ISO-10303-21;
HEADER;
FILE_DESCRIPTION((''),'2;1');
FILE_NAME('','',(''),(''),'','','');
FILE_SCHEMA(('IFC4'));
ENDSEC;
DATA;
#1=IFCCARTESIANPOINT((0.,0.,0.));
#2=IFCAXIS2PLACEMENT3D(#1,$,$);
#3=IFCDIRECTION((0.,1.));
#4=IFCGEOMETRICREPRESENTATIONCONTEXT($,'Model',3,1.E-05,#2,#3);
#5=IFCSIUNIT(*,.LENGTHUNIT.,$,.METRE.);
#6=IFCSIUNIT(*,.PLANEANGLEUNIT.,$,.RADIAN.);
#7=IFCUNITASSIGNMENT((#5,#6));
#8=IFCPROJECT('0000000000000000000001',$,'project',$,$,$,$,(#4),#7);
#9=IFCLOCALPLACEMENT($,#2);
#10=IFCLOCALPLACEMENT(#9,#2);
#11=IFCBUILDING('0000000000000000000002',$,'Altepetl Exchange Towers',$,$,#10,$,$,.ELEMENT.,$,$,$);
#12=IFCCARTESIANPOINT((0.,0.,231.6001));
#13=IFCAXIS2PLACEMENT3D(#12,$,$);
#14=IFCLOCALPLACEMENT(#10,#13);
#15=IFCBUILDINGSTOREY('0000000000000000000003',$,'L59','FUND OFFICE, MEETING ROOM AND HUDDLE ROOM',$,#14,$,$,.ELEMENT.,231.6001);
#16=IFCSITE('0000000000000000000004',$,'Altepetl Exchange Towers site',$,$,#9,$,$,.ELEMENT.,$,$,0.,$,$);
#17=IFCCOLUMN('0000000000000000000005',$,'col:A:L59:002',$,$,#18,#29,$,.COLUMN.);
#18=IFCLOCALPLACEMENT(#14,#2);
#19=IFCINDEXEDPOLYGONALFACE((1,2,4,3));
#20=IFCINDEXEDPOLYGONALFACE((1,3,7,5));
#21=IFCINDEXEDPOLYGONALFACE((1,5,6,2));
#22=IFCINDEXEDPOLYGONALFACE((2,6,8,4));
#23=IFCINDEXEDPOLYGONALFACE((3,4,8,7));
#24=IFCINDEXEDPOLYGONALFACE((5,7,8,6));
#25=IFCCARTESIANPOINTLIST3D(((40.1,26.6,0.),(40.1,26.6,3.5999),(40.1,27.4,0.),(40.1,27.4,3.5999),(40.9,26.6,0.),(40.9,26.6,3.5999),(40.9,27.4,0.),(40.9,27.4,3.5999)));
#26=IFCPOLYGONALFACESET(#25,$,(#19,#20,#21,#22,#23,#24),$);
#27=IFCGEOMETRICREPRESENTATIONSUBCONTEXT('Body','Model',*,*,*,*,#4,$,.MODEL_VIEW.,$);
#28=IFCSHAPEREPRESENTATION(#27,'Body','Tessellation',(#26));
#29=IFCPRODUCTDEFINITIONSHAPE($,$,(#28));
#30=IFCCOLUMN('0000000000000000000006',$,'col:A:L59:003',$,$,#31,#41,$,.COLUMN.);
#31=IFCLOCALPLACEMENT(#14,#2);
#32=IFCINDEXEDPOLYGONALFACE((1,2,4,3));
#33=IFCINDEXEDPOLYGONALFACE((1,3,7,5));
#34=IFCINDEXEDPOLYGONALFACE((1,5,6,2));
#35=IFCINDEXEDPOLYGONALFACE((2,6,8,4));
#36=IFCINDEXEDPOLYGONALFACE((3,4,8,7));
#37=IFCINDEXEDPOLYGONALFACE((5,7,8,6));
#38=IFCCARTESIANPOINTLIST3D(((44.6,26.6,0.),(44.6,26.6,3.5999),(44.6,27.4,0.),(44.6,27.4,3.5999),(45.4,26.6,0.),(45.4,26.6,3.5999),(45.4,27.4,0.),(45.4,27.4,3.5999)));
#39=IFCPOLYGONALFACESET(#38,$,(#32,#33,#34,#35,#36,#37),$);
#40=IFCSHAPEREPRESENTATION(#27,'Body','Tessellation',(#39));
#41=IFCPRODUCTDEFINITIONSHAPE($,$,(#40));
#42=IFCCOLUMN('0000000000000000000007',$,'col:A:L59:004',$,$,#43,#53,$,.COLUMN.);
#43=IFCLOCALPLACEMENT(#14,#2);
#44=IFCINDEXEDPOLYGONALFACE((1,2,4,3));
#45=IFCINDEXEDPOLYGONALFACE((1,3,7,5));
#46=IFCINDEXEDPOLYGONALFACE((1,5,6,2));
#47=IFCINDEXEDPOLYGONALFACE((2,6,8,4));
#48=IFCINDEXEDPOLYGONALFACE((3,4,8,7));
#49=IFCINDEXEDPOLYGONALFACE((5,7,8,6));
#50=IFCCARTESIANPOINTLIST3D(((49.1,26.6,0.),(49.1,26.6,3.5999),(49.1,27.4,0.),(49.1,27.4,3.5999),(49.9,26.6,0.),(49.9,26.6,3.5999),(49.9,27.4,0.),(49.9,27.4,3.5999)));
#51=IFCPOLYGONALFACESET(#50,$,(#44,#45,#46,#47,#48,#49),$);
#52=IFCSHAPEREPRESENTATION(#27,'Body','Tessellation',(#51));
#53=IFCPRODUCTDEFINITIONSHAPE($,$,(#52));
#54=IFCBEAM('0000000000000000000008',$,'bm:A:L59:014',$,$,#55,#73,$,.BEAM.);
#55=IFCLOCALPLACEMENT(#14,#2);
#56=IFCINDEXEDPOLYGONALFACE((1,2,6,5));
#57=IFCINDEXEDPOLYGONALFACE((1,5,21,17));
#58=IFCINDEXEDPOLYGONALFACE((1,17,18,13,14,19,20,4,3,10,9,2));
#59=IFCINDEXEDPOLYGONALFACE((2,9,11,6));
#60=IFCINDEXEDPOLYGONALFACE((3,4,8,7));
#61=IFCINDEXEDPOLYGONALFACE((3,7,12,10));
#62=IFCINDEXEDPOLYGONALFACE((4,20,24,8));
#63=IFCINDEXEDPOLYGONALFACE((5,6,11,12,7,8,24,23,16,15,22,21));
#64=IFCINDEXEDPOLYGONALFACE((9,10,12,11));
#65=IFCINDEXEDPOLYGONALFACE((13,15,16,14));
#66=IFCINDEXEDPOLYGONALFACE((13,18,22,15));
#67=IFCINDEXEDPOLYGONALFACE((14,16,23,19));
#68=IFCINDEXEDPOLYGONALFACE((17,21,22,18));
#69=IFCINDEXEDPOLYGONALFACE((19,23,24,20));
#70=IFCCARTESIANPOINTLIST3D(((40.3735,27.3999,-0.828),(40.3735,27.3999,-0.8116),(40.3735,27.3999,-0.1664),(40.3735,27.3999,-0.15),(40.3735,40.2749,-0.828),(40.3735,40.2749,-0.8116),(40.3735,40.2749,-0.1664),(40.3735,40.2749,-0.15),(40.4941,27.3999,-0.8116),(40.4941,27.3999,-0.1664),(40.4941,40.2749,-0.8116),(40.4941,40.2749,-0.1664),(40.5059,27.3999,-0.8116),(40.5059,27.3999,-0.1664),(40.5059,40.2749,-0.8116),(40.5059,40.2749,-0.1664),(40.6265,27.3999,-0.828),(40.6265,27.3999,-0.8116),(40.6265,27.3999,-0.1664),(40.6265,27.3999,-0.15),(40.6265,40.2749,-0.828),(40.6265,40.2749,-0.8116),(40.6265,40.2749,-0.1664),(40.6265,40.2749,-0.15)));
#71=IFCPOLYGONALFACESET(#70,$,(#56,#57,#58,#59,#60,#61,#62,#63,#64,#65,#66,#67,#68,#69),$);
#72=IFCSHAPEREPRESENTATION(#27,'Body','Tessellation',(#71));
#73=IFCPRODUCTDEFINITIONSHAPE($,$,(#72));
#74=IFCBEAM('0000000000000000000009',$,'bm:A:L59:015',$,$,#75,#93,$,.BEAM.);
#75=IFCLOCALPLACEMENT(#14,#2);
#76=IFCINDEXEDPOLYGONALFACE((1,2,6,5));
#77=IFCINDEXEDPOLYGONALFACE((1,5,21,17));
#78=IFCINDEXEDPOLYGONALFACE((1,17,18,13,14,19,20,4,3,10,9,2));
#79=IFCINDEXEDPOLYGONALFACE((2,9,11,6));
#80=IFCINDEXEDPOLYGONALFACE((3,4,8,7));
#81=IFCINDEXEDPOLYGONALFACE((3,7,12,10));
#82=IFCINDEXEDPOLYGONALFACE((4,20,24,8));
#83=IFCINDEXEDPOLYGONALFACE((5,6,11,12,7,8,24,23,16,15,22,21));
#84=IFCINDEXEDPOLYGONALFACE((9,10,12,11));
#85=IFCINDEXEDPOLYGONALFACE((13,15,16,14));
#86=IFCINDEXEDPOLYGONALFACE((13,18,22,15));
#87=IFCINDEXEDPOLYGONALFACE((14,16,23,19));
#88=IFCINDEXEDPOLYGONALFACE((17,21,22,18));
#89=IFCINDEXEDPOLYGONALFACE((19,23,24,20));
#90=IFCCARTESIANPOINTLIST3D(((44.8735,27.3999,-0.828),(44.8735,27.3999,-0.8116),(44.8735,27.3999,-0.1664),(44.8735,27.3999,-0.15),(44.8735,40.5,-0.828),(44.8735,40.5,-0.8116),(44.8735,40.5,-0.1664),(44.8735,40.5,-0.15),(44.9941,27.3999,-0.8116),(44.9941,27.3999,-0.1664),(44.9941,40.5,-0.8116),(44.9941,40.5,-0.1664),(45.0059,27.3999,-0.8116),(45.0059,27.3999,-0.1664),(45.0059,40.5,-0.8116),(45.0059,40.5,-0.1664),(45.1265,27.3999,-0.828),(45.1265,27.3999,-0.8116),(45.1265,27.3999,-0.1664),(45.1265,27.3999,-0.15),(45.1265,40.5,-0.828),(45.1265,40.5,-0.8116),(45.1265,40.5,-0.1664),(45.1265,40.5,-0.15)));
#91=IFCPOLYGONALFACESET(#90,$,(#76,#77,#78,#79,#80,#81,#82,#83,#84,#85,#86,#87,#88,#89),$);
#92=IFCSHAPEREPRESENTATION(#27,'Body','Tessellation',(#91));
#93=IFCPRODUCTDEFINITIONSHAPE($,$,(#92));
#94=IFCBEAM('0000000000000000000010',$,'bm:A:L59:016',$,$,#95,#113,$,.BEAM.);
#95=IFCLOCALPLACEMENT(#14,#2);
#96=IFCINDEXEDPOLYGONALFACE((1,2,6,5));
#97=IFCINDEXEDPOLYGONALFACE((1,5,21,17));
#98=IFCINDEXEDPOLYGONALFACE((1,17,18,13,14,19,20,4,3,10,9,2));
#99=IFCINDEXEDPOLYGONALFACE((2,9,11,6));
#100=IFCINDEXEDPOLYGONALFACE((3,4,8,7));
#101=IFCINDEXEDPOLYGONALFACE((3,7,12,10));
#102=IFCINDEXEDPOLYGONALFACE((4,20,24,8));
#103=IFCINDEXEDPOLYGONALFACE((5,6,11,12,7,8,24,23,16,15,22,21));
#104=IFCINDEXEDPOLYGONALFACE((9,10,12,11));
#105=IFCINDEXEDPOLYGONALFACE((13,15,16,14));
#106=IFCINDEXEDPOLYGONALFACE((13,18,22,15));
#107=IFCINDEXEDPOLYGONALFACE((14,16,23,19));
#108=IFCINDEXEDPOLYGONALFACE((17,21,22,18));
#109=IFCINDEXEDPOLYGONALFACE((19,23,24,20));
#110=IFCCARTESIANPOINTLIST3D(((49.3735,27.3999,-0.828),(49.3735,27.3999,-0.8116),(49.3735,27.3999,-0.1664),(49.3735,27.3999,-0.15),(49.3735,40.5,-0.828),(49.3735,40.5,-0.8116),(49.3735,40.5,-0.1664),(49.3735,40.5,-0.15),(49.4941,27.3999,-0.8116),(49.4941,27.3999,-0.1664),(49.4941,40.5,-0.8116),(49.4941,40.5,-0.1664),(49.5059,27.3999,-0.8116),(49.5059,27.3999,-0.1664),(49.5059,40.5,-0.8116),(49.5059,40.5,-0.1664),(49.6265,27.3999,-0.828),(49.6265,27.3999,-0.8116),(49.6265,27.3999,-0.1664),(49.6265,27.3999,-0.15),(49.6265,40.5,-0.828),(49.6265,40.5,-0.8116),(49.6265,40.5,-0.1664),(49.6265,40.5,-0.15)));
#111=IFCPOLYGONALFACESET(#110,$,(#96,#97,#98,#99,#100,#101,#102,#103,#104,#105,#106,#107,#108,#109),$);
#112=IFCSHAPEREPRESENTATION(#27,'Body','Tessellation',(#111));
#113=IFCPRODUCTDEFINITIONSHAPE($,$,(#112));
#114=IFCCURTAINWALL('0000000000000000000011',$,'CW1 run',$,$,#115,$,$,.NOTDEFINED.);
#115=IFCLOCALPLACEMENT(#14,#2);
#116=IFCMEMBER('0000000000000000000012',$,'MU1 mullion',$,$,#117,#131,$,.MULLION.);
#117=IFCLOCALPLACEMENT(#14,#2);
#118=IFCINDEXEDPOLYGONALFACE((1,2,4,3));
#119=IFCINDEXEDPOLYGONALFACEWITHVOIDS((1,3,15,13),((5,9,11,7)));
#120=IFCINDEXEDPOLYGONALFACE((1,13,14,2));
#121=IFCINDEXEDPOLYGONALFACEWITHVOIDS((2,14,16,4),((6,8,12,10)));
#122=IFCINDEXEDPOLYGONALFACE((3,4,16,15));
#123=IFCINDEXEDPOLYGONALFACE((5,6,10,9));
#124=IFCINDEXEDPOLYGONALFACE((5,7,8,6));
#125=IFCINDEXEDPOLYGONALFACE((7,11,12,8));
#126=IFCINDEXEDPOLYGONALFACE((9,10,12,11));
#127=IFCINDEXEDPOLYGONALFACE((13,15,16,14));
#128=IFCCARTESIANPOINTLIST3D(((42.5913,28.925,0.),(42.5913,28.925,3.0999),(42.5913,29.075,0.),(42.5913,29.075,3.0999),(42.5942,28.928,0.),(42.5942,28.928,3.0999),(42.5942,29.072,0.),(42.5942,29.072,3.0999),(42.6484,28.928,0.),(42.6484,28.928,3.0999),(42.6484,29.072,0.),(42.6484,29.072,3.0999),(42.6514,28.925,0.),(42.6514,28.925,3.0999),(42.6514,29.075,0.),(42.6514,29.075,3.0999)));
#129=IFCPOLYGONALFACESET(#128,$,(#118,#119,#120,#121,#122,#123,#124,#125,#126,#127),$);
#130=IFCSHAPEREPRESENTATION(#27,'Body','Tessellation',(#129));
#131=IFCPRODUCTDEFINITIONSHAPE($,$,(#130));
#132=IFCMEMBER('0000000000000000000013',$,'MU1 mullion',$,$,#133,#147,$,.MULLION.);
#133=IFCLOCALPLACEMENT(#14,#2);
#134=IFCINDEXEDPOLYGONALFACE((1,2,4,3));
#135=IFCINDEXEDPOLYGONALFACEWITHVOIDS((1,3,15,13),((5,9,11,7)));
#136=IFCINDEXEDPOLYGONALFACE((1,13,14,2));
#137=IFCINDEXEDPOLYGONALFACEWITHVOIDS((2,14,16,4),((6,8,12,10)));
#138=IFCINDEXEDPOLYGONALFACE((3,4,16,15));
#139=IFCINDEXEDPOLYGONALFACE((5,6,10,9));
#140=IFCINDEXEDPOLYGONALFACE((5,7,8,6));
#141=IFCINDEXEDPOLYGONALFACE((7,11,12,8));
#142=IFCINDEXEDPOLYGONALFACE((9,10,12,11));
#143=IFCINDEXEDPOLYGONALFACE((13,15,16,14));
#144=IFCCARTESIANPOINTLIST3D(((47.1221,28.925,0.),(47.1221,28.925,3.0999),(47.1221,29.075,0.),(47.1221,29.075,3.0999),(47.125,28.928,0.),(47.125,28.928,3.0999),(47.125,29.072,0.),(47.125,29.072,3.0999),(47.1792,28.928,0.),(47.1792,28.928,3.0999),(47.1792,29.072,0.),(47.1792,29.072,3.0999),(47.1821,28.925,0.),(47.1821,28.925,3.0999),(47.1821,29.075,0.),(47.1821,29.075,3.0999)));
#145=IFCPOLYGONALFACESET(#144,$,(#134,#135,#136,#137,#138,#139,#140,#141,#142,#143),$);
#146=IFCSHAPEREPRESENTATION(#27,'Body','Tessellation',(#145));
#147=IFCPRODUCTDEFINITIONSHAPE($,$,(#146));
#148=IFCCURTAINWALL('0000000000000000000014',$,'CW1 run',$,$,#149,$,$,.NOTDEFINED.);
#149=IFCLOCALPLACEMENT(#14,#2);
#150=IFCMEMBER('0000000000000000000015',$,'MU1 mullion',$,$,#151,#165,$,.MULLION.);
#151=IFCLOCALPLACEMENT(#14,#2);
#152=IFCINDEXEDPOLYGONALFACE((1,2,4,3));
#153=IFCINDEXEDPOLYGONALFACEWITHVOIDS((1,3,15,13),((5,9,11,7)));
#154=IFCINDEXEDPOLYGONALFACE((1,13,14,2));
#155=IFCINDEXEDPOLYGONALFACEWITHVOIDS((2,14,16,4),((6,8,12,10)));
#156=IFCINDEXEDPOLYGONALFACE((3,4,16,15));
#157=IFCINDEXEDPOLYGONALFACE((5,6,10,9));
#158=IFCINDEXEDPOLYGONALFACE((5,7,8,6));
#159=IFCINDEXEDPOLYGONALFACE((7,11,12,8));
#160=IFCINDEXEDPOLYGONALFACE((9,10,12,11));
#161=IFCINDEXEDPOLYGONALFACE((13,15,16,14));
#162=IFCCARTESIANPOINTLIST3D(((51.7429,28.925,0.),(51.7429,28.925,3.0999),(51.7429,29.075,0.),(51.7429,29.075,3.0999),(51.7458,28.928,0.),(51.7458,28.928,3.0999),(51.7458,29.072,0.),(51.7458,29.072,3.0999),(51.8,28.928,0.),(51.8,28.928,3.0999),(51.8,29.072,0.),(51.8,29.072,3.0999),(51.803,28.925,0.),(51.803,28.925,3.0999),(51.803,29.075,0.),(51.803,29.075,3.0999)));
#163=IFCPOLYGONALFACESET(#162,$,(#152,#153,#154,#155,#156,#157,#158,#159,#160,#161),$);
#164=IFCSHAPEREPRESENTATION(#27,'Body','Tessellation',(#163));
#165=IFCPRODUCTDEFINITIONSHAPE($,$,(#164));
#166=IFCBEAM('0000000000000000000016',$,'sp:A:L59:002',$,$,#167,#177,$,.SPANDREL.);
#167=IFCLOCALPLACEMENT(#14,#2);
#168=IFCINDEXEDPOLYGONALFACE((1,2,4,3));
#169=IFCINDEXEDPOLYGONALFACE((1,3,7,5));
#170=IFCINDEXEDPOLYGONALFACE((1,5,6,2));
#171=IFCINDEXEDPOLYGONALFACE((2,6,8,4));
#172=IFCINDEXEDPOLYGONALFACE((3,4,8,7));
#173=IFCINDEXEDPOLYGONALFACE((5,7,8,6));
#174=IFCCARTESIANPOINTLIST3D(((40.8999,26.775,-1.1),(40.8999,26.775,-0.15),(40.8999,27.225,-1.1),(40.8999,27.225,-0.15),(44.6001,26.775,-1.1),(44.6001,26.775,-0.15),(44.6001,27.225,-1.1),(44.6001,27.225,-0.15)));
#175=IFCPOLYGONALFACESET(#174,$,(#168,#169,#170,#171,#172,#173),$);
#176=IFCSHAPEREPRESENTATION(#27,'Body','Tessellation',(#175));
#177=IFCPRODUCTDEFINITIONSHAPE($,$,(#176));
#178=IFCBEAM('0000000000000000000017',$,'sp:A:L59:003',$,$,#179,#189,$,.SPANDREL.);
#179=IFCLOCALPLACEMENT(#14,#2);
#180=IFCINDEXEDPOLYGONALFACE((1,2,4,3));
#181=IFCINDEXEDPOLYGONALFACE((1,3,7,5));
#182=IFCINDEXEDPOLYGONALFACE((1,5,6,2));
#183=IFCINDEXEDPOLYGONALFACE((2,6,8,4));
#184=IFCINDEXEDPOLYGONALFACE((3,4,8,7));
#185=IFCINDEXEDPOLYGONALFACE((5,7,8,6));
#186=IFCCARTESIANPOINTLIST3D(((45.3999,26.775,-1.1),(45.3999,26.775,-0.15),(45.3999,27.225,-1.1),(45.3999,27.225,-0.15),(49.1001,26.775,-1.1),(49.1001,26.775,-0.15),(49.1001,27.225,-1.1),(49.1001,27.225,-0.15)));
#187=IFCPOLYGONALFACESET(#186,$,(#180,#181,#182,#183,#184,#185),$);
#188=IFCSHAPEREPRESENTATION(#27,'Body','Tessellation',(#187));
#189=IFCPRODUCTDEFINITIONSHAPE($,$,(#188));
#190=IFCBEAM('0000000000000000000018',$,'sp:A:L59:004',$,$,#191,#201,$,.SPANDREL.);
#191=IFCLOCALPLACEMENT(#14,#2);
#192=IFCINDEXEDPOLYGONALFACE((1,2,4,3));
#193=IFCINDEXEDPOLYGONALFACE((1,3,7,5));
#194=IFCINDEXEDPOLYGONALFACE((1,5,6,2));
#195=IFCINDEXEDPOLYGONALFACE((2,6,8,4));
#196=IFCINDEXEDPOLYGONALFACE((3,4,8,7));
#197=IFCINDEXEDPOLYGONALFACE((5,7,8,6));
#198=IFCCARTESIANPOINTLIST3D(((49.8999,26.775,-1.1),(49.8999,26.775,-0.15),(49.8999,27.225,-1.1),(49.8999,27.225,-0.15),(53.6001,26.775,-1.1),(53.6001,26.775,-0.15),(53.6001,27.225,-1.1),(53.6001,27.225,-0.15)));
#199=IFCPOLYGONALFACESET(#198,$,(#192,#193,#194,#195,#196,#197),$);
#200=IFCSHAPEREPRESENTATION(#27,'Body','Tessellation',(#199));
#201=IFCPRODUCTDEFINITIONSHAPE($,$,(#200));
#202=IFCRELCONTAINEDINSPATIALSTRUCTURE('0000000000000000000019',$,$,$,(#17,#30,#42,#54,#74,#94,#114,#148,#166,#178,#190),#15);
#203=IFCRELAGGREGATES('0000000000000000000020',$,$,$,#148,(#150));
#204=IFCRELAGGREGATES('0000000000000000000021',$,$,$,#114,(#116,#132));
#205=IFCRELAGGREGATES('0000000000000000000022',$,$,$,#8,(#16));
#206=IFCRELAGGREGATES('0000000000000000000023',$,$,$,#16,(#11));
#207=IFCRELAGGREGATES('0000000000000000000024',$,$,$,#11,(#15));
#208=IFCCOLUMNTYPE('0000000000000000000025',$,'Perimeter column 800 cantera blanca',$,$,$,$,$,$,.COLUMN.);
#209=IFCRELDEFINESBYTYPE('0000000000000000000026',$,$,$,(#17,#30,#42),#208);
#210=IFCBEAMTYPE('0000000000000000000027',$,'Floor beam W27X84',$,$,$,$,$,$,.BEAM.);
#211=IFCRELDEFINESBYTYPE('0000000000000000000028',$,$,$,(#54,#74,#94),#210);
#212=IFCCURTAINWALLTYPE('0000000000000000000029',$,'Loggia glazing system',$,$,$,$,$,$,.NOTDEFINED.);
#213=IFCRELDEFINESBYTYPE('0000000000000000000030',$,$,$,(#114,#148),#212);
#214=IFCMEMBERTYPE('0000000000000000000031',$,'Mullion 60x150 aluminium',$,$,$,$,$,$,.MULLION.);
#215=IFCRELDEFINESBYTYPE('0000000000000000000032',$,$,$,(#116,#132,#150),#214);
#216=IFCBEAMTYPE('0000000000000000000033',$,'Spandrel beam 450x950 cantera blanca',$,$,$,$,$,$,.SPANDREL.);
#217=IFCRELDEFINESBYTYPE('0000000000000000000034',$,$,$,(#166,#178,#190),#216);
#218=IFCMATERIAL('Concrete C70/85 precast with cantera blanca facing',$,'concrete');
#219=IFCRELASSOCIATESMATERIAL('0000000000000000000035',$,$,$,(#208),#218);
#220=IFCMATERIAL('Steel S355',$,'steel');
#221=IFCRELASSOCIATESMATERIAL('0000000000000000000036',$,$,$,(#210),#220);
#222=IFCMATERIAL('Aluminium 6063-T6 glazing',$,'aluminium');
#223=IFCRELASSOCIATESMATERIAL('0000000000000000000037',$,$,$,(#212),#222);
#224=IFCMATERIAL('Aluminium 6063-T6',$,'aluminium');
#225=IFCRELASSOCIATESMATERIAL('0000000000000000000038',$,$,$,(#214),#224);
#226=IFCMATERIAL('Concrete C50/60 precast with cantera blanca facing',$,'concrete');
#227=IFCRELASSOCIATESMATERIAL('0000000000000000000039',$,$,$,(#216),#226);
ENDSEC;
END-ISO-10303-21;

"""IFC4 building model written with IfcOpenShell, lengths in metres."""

from ifc_helpers import new_model, si_unit, direction, frame, origin, origin_2d, place, context, subcontext, project, spatial, rectangle, hollow_rectangle, i_section, extrude, material, material_profile, profile_set, type_object, element, aggregate, save


model = new_model("IFC4")

# Units and contexts
model_context = context("Model", 3, precision=1e-05, world=origin(), true_north=direction((0.0, 1.0)))
body_context = subcontext(model_context, "Body", "Model", "MODEL_VIEW")
ifc_project = project(units=[si_unit("LENGTHUNIT", "METRE"), si_unit("PLANEANGLEUNIT", "RADIAN")], contexts=[model_context])

# Site, building, storey
site_placement = place(None, origin())
site = spatial("IfcSite", under=ifc_project, at=site_placement, Name="Altepetl Exchange Towers site", CompositionType="ELEMENT", RefElevation=0.0)
building_placement = place(site_placement, origin())
building = spatial("IfcBuilding", under=site, at=building_placement, Name="Altepetl Exchange Towers", CompositionType="ELEMENT")
storey_placement = place(building_placement, frame((0.0, 0.0, 231.6001)))
storey = spatial("IfcBuildingStorey", under=building, at=storey_placement, Name="L59", Description="FUND OFFICE, MEETING ROOM AND HUDDLE ROOM", CompositionType="ELEMENT", Elevation=231.6001)

# Columns
ifc_material_1 = material(Name="Concrete C70/85 precast with cantera blanca facing", Category="concrete")
ifc_material_profile_1 = material_profile(ifc_material_1, rectangle(XDim=0.8, YDim=0.8, at=origin_2d()), Name="800 x 800")
ifc_profile_set_1 = profile_set([ifc_material_profile_1], Name="Concrete C70/85 precast with cantera blanca facing")
column_type = type_object("IfcColumnType", Name="Perimeter column 800 cantera blanca", PredefinedType="COLUMN", material=ifc_profile_set_1)
for number, where, name in (
    (1, (40.5, 27.0, 0.0), "col:A:L59:002"),
    (2, (45.0, 27.0, 0.0), "col:A:L59:003"),
    (3, (49.5, 27.0, 0.0), "col:A:L59:004"),
):
    element("IfcColumn", number, at=place(storey_placement, frame(where)), inside=storey, type_object=column_type, Name=name, PredefinedType="COLUMN", context=body_context, shape_type="SweptSolid", body=[
        extrude(rectangle(XDim=0.8, YDim=0.8, at=origin_2d()), origin(), (0.0, 0.0, 1.0), 3.5999),
    ])

# Beams
ifc_material_2 = material(Name="Steel S355", Category="steel")
ifc_material_profile_2 = material_profile(ifc_material_2, i_section(OverallWidth=0.2529, OverallDepth=0.678, WebThickness=0.0117, FlangeThickness=0.0164, at=origin_2d()), Name="W27X84")
ifc_profile_set_2 = profile_set([ifc_material_profile_2], Name="Steel S355")
beam_type_1 = type_object("IfcBeamType", Name="Floor beam W27X84", PredefinedType="BEAM", material=ifc_profile_set_2)
beam_placement = place(storey_placement, frame((40.5, 27.3999, -0.489), z_axis=(0.0, 1.0, 0.0), x_axis=(-1.0, 0.0, 0.0)))
element("IfcBeam", 4, at=beam_placement, inside=storey, type_object=beam_type_1, Name="bm:A:L59:014", PredefinedType="BEAM", context=body_context, shape_type="SweptSolid", body=[
    extrude(i_section(OverallWidth=0.2529, OverallDepth=0.678, WebThickness=0.0117, FlangeThickness=0.0164, at=origin_2d()), origin(), (0.0, 0.0, 1.0), 12.875),
])
for number, where, z_axis, x_axis, name in (
    (5, (45.0, 27.3999, -0.489), (0.0, 1.0, 0.0), (-1.0, 0.0, 0.0), "bm:A:L59:015"),
    (6, (49.5, 27.3999, -0.489), (0.0, 1.0, 0.0), (-1.0, 0.0, 0.0), "bm:A:L59:016"),
):
    element("IfcBeam", number, at=place(storey_placement, frame(where, z_axis=z_axis, x_axis=x_axis)), inside=storey, type_object=beam_type_1, Name=name, PredefinedType="BEAM", context=body_context, shape_type="SweptSolid", body=[
        extrude(i_section(OverallWidth=0.2529, OverallDepth=0.678, WebThickness=0.0117, FlangeThickness=0.0164, at=origin_2d()), origin(), (0.0, 0.0, 1.0), 13.1001),
    ])

# Curtain wall, members
ifc_material_3 = material(Name="Aluminium 6063-T6 glazing", Category="aluminium")
curtain_wall_type = type_object("IfcCurtainWallType", Name="Loggia glazing system", PredefinedType="NOTDEFINED", material=ifc_material_3)
curtain_wall_1_placement = place(storey_placement, origin())
curtain_wall_1 = element("IfcCurtainWall", 7, at=curtain_wall_1_placement, inside=storey, type_object=curtain_wall_type, Name="CW1 run", PredefinedType="NOTDEFINED")
ifc_material_4 = material(Name="Aluminium 6063-T6", Category="aluminium")
ifc_material_profile_3 = material_profile(ifc_material_4, hollow_rectangle(XDim=0.0601, YDim=0.1499, WallThickness=0.0029, at=origin_2d()), Name="Mullion 60x150 aluminium")
ifc_profile_set_3 = profile_set([ifc_material_profile_3], Name="Aluminium 6063-T6")
member_type = type_object("IfcMemberType", Name="Mullion 60x150 aluminium", PredefinedType="MULLION", material=ifc_profile_set_3)
member_1_placement = place(storey_placement, frame((42.6213, 29.0, 0.0)))
member_1 = element("IfcMember", 8, at=member_1_placement, type_object=member_type, Name="MU1 mullion", PredefinedType="MULLION", context=body_context, shape_type="SweptSolid", body=[
    extrude(hollow_rectangle(XDim=0.0601, YDim=0.1499, WallThickness=0.0029, at=origin_2d()), origin(), (0.0, 0.0, 1.0), 3.0999),
])
member_2_placement = place(storey_placement, frame((47.1521, 29.0, 0.0)))
member_2 = element("IfcMember", 9, at=member_2_placement, type_object=member_type, Name="MU1 mullion", PredefinedType="MULLION", context=body_context, shape_type="SweptSolid", body=[
    extrude(hollow_rectangle(XDim=0.0601, YDim=0.1499, WallThickness=0.0029, at=origin_2d()), origin(), (0.0, 0.0, 1.0), 3.0999),
])

# Curtain wall, member
curtain_wall_2_placement = place(storey_placement, origin())
curtain_wall_2 = element("IfcCurtainWall", 10, at=curtain_wall_2_placement, inside=storey, type_object=curtain_wall_type, Name="CW1 run", PredefinedType="NOTDEFINED")
member_3_placement = place(storey_placement, frame((51.7729, 29.0, 0.0)))
member_3 = element("IfcMember", 11, at=member_3_placement, type_object=member_type, Name="MU1 mullion", PredefinedType="MULLION", context=body_context, shape_type="SweptSolid", body=[
    extrude(hollow_rectangle(XDim=0.0601, YDim=0.1499, WallThickness=0.0029, at=origin_2d()), origin(), (0.0, 0.0, 1.0), 3.0999),
])
aggregate(curtain_wall_2, [member_3])

# Beams
ifc_material_5 = material(Name="Concrete C50/60 precast with cantera blanca facing", Category="concrete")
ifc_material_profile_4 = material_profile(ifc_material_5, rectangle(XDim=0.45, YDim=0.95, at=origin_2d()), Name="450 x 950")
ifc_profile_set_4 = profile_set([ifc_material_profile_4], Name="Concrete C50/60 precast with cantera blanca facing")
beam_type_2 = type_object("IfcBeamType", Name="Spandrel beam 450x950 cantera blanca", PredefinedType="SPANDREL", material=ifc_profile_set_4)
for number, where, z_axis, x_axis, name in (
    (12, (40.8999, 27.0, -0.625), (1.0, 0.0, 0.0), (0.0, 1.0, 0.0), "sp:A:L59:002"),
    (13, (45.3999, 27.0, -0.625), (1.0, 0.0, 0.0), (0.0, 1.0, 0.0), "sp:A:L59:003"),
    (14, (49.8999, 27.0, -0.625), (1.0, 0.0, 0.0), (0.0, 1.0, 0.0), "sp:A:L59:004"),
):
    element("IfcBeam", number, at=place(storey_placement, frame(where, z_axis=z_axis, x_axis=x_axis)), inside=storey, type_object=beam_type_2, Name=name, PredefinedType="SPANDREL", context=body_context, shape_type="SweptSolid", body=[
        extrude(rectangle(XDim=0.45, YDim=0.95, at=origin_2d()), origin(), (0.0, 0.0, 1.0), 3.7002),
    ])

aggregate(curtain_wall_1, [member_1, member_2])

save(model, "model.ifc")
